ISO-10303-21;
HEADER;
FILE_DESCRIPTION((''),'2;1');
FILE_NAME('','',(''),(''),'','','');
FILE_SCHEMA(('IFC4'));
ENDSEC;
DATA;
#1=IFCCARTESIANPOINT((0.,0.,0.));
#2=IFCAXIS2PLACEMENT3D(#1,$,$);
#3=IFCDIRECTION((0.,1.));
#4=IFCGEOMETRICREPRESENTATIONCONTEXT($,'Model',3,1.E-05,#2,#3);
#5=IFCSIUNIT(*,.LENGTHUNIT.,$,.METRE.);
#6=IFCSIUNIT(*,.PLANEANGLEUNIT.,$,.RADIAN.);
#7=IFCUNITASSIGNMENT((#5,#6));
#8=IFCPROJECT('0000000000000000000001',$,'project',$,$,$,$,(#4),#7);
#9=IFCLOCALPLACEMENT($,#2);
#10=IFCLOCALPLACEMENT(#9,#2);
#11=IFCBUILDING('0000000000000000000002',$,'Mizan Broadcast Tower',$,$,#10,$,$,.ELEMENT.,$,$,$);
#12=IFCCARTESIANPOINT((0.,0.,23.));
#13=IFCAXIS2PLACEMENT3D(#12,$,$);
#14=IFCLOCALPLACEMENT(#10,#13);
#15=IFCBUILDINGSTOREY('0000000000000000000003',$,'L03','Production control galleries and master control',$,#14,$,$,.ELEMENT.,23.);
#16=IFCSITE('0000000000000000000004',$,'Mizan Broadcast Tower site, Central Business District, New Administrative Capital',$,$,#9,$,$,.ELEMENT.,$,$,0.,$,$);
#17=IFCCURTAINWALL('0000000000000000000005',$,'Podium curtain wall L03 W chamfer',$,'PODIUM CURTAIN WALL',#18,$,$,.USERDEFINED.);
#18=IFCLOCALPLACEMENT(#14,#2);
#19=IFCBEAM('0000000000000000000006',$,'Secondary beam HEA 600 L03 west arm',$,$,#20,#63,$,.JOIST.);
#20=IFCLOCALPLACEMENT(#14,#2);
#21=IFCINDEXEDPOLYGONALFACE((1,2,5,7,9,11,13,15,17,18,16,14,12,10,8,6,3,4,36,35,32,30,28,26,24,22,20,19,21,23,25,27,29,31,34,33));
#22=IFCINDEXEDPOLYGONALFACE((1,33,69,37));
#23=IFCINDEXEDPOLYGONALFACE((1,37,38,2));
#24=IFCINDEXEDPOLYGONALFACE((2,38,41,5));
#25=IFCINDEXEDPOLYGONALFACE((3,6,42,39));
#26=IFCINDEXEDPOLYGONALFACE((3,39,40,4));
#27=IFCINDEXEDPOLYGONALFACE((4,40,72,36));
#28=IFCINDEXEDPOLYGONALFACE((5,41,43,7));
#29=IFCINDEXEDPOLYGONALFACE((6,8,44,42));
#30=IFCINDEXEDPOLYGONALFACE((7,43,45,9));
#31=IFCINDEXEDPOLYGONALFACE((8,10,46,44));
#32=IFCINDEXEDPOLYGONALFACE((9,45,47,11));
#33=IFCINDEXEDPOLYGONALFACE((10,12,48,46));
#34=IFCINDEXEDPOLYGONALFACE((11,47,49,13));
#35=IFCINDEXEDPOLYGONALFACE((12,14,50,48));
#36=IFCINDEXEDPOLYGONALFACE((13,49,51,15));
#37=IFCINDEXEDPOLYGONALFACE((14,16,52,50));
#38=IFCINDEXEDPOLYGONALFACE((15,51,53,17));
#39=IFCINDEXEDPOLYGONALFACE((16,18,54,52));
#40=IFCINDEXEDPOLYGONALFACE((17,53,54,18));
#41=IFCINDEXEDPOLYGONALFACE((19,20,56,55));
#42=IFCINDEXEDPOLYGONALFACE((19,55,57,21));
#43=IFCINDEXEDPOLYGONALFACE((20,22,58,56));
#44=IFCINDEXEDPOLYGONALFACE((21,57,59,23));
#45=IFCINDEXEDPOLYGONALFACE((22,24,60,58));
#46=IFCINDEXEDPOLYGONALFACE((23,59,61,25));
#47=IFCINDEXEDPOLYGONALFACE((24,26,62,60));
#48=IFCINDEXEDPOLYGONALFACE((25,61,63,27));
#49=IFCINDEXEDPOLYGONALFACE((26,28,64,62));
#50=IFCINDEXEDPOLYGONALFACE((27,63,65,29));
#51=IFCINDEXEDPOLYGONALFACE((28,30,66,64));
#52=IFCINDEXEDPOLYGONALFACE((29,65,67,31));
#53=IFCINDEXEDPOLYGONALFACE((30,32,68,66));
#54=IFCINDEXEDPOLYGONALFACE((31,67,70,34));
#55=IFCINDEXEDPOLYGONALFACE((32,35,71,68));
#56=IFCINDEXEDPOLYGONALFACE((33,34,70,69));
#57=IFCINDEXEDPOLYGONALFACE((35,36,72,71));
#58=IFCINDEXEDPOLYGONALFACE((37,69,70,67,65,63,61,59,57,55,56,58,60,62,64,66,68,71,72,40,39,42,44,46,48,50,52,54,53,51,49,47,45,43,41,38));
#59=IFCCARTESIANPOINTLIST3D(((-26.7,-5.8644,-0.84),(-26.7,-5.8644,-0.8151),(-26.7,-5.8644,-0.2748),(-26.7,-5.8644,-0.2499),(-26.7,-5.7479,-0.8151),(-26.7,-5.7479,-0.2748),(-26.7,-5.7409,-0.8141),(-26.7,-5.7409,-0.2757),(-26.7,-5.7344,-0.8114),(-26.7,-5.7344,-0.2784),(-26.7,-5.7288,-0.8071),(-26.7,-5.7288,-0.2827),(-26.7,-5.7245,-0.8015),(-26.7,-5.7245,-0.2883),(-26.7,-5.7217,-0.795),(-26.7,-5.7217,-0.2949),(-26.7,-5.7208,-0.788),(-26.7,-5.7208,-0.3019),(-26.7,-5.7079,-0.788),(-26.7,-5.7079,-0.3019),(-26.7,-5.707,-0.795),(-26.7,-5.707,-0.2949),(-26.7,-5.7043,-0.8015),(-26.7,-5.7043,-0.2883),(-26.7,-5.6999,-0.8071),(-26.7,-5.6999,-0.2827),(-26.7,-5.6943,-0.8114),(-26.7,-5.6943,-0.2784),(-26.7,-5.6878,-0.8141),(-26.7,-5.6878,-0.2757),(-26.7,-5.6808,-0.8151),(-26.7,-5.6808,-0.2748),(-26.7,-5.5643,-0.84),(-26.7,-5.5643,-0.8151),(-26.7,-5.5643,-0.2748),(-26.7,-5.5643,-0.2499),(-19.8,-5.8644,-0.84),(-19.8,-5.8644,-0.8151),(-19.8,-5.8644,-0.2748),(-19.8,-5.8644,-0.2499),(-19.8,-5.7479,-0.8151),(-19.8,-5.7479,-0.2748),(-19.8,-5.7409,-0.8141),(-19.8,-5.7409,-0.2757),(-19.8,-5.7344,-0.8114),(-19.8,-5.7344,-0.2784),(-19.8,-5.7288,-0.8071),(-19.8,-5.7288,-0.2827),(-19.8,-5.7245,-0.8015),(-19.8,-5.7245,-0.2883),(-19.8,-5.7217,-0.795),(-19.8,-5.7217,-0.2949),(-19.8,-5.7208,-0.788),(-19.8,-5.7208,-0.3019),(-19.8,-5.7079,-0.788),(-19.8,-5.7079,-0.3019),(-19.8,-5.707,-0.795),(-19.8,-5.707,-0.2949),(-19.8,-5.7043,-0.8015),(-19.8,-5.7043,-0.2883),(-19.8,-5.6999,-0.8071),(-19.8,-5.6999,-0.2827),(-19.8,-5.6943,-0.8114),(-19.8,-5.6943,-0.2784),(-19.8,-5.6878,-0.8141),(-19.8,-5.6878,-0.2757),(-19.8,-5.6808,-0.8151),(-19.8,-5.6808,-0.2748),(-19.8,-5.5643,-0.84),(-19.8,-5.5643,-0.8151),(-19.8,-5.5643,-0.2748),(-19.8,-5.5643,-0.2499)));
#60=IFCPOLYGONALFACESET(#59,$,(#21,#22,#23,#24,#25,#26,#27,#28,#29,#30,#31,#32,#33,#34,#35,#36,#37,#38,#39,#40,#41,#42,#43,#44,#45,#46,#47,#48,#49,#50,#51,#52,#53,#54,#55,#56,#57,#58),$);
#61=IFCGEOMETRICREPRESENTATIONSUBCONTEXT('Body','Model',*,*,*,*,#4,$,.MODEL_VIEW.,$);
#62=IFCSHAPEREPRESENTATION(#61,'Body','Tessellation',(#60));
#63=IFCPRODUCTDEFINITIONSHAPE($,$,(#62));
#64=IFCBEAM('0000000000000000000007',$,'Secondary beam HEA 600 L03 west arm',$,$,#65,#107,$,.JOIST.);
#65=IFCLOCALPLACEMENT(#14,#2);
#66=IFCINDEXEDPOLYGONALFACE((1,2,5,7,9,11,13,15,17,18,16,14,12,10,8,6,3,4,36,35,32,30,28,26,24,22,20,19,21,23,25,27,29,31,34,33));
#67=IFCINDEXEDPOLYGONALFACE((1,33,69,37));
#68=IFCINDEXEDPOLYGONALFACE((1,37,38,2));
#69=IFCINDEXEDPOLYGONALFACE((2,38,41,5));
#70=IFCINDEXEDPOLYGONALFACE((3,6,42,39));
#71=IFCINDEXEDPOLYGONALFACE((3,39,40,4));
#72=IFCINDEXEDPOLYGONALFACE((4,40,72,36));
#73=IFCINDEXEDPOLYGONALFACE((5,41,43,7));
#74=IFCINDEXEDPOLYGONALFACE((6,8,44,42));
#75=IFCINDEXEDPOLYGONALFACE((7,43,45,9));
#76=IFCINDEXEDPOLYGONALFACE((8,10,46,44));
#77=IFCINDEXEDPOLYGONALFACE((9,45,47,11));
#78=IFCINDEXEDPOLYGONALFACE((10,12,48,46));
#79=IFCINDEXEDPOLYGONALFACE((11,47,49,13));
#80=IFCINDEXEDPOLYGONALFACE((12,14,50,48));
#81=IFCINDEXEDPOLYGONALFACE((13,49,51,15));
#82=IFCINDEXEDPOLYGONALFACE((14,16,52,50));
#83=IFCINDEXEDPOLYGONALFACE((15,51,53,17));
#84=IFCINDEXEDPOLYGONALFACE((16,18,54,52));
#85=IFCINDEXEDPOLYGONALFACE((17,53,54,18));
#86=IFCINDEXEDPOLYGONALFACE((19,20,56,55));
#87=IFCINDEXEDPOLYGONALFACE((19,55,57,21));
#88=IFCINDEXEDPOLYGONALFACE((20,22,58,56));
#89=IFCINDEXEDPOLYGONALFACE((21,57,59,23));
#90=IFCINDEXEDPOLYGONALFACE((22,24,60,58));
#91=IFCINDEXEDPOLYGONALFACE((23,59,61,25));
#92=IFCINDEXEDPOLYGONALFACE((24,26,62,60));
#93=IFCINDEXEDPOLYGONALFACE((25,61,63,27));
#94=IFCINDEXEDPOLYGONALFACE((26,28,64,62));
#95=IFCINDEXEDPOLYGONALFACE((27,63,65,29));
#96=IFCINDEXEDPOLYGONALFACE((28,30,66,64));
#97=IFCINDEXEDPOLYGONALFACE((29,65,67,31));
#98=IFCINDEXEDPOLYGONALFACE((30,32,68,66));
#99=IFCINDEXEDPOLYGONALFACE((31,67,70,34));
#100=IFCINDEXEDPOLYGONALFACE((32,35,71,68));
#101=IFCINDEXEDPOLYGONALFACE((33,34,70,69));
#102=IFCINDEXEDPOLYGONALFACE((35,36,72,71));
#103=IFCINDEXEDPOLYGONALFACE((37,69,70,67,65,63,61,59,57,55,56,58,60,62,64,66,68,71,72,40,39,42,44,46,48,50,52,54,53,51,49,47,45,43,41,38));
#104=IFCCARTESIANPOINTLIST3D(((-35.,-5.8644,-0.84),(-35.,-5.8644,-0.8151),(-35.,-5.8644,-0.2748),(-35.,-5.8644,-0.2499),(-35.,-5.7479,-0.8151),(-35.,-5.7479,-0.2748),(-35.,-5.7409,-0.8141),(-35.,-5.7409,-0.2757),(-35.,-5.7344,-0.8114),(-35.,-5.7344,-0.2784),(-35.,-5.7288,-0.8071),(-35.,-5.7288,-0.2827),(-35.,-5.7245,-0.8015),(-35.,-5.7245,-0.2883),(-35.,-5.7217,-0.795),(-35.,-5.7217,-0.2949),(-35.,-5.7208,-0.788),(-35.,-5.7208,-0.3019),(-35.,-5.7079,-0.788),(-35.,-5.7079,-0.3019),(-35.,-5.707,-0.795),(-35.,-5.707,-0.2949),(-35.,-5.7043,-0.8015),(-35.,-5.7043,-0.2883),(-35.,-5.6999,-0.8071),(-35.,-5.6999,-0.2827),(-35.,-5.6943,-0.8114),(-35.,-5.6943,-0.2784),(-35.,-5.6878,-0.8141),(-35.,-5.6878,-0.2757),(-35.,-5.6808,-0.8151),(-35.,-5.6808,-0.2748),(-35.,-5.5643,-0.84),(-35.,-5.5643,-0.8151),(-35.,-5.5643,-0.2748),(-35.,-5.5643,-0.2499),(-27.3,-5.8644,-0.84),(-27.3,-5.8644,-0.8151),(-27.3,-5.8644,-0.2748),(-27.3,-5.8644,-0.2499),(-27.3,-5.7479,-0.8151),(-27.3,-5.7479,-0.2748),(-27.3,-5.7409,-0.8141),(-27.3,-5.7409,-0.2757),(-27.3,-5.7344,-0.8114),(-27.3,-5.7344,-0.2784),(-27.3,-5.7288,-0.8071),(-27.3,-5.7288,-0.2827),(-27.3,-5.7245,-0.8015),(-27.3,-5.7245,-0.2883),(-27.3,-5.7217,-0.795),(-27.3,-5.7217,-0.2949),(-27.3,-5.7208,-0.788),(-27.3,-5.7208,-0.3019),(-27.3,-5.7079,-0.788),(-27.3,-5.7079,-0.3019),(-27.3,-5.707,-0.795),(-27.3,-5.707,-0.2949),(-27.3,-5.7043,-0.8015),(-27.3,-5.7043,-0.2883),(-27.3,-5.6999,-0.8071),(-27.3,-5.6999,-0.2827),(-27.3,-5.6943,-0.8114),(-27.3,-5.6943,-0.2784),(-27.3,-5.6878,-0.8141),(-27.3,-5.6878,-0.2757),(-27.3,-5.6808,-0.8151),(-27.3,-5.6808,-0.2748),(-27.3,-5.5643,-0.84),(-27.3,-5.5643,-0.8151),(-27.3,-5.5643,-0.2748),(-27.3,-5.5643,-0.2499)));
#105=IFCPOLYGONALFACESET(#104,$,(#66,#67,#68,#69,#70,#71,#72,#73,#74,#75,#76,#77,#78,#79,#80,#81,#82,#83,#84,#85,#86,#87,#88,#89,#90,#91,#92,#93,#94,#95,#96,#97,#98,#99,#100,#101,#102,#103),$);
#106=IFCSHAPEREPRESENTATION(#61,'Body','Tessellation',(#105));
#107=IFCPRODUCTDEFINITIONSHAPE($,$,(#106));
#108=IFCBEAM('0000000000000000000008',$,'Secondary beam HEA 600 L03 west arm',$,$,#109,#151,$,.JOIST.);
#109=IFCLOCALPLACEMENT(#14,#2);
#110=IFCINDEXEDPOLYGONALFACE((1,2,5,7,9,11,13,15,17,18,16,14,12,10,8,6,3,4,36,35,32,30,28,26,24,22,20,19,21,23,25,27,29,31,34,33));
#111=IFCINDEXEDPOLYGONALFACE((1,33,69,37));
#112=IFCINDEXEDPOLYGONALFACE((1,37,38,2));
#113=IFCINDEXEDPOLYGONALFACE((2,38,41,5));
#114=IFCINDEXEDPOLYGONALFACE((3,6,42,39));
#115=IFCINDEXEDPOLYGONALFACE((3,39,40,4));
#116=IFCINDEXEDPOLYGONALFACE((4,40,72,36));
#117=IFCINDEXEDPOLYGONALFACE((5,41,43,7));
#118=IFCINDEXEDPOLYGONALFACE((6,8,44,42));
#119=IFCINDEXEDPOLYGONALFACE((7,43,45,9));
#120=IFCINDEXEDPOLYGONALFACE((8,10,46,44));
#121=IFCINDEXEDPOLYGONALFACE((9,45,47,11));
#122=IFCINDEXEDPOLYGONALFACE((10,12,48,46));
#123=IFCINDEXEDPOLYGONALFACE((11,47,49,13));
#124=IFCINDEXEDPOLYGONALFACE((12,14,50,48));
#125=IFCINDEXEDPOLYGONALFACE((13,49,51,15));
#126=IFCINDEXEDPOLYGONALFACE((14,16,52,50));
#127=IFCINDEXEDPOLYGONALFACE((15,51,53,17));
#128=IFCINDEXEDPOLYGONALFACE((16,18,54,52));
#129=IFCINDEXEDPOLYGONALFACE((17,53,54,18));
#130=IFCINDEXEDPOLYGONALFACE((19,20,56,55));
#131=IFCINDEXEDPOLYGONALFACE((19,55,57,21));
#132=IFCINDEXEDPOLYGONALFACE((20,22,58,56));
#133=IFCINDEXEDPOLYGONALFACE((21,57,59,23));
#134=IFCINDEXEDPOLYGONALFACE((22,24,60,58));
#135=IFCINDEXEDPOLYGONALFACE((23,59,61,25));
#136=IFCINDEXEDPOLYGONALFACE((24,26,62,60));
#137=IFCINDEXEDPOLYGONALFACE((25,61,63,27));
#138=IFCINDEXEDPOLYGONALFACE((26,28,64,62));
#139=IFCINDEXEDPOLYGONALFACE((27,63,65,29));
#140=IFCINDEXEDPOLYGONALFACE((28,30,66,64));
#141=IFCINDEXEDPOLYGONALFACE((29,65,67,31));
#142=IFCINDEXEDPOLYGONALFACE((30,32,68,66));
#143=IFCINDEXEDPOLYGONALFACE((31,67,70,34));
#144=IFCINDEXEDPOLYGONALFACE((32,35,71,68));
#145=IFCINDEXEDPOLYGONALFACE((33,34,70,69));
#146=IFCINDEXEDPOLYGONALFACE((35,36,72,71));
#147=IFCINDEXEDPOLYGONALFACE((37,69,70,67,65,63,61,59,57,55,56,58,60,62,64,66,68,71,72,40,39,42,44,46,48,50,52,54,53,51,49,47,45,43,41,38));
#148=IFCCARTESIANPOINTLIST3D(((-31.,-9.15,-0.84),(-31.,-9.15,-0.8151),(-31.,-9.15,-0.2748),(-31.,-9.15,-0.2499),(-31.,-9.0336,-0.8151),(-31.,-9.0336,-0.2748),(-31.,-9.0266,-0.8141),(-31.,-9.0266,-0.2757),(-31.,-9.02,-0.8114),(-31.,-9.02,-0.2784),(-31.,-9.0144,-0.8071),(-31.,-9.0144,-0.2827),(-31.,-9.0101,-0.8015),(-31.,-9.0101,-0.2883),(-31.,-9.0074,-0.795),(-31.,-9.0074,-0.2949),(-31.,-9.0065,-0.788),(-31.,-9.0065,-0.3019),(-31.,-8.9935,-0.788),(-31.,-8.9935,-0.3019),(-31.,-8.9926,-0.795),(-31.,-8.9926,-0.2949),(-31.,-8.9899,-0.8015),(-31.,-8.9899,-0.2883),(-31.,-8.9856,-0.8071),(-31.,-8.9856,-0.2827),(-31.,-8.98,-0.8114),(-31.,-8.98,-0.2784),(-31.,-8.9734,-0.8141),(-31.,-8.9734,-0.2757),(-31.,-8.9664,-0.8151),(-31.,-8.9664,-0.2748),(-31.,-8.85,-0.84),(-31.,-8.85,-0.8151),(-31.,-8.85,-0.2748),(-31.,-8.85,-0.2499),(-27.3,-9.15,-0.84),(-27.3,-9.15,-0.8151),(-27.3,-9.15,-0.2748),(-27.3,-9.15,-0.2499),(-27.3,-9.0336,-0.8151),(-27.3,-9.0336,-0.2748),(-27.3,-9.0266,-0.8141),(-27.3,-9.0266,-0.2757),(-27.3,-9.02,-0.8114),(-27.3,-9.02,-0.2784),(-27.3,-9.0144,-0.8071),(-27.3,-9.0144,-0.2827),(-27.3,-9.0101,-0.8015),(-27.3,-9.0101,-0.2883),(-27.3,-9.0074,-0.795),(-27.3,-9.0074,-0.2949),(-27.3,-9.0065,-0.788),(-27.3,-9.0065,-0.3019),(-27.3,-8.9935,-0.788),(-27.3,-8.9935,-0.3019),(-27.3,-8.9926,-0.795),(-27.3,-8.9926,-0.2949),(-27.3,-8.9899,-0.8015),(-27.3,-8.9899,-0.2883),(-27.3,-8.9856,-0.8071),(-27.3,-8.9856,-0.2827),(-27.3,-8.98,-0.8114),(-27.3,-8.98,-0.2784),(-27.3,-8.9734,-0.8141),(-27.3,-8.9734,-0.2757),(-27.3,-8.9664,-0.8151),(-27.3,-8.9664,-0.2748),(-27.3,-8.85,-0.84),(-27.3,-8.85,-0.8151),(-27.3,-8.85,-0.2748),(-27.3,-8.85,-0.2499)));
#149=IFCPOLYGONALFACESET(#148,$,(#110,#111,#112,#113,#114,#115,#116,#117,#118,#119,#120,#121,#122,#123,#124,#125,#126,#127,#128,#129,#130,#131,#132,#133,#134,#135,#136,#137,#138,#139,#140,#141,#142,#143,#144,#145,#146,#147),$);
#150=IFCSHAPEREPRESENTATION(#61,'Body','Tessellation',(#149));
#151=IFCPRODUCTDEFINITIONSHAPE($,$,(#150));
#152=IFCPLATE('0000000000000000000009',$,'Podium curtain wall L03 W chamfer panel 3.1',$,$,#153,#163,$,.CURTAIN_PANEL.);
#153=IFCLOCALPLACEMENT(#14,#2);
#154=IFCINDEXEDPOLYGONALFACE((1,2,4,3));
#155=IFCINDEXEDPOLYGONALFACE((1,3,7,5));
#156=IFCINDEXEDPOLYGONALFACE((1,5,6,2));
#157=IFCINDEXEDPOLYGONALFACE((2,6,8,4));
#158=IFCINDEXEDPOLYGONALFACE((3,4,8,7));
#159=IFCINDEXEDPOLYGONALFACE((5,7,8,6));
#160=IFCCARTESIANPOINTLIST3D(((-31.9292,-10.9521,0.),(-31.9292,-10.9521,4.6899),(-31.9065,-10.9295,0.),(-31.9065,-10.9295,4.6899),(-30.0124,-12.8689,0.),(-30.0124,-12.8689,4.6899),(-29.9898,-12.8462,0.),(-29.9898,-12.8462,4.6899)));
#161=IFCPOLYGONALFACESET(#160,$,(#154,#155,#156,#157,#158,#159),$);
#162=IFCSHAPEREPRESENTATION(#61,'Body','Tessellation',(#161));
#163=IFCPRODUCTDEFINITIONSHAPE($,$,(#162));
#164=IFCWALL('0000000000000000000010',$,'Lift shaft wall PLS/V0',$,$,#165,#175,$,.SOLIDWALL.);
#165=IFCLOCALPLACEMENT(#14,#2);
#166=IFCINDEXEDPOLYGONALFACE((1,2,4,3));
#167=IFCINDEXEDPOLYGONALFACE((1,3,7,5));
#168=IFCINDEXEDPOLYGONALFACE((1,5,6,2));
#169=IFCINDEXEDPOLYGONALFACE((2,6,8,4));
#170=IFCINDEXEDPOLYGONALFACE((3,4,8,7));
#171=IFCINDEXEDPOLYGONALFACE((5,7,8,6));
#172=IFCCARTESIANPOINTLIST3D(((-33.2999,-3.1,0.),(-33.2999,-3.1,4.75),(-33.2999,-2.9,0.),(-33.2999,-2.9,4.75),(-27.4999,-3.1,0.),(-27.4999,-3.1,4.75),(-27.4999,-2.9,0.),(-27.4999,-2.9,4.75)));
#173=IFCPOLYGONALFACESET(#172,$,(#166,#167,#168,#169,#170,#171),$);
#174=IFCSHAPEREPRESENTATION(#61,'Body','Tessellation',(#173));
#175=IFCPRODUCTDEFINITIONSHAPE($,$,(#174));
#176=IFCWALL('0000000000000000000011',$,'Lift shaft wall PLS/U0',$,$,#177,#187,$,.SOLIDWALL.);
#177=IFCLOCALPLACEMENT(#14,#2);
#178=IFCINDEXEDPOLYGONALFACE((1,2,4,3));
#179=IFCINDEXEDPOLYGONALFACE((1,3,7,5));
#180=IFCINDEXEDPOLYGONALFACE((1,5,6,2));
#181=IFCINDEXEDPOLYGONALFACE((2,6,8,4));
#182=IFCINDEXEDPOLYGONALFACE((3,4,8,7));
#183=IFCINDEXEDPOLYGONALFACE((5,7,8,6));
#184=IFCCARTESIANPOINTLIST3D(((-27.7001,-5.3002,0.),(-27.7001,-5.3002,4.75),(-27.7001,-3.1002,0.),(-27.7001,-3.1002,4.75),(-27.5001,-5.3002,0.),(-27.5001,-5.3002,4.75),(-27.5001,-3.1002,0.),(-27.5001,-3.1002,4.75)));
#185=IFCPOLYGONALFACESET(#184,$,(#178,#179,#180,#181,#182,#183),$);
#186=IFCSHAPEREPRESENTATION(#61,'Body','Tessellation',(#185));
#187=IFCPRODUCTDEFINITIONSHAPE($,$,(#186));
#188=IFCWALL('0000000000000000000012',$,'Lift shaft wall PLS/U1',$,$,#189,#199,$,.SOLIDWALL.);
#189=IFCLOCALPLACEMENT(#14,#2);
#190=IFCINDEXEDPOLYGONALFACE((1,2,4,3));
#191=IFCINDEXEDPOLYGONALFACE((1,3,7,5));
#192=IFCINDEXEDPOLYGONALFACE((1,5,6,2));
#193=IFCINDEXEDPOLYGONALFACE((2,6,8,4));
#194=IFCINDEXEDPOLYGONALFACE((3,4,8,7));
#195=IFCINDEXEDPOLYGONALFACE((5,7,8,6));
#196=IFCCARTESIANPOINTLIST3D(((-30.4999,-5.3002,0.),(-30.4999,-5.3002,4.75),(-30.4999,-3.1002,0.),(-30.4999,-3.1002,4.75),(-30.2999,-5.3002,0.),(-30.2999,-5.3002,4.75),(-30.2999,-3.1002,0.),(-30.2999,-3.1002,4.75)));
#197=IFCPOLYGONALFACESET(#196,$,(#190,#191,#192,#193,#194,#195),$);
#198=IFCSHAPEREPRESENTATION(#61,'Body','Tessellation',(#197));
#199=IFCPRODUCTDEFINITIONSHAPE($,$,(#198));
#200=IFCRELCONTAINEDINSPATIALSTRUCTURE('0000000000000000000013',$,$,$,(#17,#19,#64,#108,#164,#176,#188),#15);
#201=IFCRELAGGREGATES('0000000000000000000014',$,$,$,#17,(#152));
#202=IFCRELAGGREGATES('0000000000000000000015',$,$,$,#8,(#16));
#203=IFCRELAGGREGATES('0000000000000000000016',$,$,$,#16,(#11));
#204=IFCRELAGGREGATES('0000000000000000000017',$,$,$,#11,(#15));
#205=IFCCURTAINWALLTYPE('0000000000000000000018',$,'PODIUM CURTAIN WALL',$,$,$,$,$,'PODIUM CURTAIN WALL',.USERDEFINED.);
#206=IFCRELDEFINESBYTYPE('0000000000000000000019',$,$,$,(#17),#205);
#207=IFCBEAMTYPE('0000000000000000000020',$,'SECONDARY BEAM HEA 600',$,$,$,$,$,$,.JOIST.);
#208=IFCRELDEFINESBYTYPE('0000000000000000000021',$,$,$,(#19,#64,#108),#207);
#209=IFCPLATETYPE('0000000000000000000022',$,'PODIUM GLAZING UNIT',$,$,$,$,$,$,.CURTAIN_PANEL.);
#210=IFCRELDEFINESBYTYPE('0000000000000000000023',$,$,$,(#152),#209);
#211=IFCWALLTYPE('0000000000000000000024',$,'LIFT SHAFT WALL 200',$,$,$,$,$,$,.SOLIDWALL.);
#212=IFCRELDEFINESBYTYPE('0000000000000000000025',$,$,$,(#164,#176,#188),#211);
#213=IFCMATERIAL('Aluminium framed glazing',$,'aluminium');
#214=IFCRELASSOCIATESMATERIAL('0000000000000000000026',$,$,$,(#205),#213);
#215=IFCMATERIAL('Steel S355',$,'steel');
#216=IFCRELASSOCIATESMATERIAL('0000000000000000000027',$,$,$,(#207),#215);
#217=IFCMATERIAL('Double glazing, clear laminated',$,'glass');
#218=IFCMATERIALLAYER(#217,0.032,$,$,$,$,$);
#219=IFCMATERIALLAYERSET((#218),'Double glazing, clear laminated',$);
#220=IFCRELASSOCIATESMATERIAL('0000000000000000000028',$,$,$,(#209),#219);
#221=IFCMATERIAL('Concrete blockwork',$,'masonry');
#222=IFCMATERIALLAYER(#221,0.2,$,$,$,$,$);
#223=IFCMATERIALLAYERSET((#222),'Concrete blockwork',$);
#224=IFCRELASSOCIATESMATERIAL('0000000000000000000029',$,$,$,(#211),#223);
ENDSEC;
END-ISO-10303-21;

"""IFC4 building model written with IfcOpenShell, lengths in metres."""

from ifc_helpers import new_model, si_unit, direction, frame, frame_2d, origin, origin_2d, place, context, subcontext, project, spatial, rectangle, i_section, extrude, material, layer, layer_set, material_profile, profile_set, type_object, element, aggregate, save


model = new_model("IFC4")

# Units and contexts
model_context = context("Model", 3, precision=1e-05, world=origin(), true_north=direction((0.0, 1.0)))
body_context = subcontext(model_context, "Body", "Model", "MODEL_VIEW")
ifc_project = project(units=[si_unit("LENGTHUNIT", "METRE"), si_unit("PLANEANGLEUNIT", "RADIAN")], contexts=[model_context])

# Site, building, storey
site_placement = place(None, origin())
site = spatial("IfcSite", under=ifc_project, at=site_placement, Name="Mizan Broadcast Tower site, Central Business District, New Administrative Capital", CompositionType="ELEMENT", RefElevation=0.0)
building_placement = place(site_placement, origin())
building = spatial("IfcBuilding", under=site, at=building_placement, Name="Mizan Broadcast Tower", CompositionType="ELEMENT")
storey_placement = place(building_placement, frame((0.0, 0.0, 23.0)))
storey = spatial("IfcBuildingStorey", under=building, at=storey_placement, Name="L03", Description="Production control galleries and master control", CompositionType="ELEMENT", Elevation=23.0)

# Curtain wall
ifc_material_1 = material(Name="Aluminium framed glazing", Category="aluminium")
curtain_wall_type = type_object("IfcCurtainWallType", Name="PODIUM CURTAIN WALL", ElementType="PODIUM CURTAIN WALL", PredefinedType="USERDEFINED", material=ifc_material_1)
curtain_wall_placement = place(storey_placement, origin())
curtain_wall = element("IfcCurtainWall", 1, at=curtain_wall_placement, inside=storey, type_object=curtain_wall_type, Name="Podium curtain wall L03 W chamfer", ObjectType="PODIUM CURTAIN WALL", PredefinedType="USERDEFINED")

# Beams
ifc_material_2 = material(Name="Steel S355", Category="steel")
ifc_material_profile_1 = material_profile(ifc_material_2, i_section(OverallWidth=0.3, OverallDepth=0.5901, WebThickness=0.0129, FlangeThickness=0.0249, FilletRadius=0.0271, at=origin_2d()), Name="HEA 600")
ifc_profile_set_1 = profile_set([ifc_material_profile_1], Name="Steel S355")
beam_type_1 = type_object("IfcBeamType", Name="SECONDARY BEAM HEA 600", PredefinedType="JOIST", material=ifc_profile_set_1)
beam_1_placement = place(storey_placement, frame((-19.8, -5.7144, -0.5449), z_axis=(-1.0, 0.0, 0.0), x_axis=(0.0, -1.0, 0.0)))
element("IfcBeam", 2, at=beam_1_placement, inside=storey, type_object=beam_type_1, Name="Secondary beam HEA 600 L03 west arm", PredefinedType="JOIST", context=body_context, shape_type="SweptSolid", body=[
    extrude(i_section(OverallWidth=0.3, OverallDepth=0.5901, WebThickness=0.0129, FlangeThickness=0.0249, FilletRadius=0.0271, at=origin_2d()), origin(), (0.0, 0.0, 1.0), 6.8999),
])
beam_2_placement = place(storey_placement, frame((-27.3, -5.7144, -0.5449), z_axis=(-1.0, 0.0, 0.0), x_axis=(0.0, -1.0, 0.0)))
element("IfcBeam", 3, at=beam_2_placement, inside=storey, type_object=beam_type_1, Name="Secondary beam HEA 600 L03 west arm", PredefinedType="JOIST", context=body_context, shape_type="SweptSolid", body=[
    extrude(i_section(OverallWidth=0.3, OverallDepth=0.5901, WebThickness=0.0129, FlangeThickness=0.0249, FilletRadius=0.0271, at=origin_2d()), origin(), (0.0, 0.0, 1.0), 7.7),
])
beam_3_placement = place(storey_placement, frame((-27.3, -9.0, -0.5449), z_axis=(-1.0, 0.0, 0.0), x_axis=(0.0, -1.0, 0.0)))
element("IfcBeam", 4, at=beam_3_placement, inside=storey, type_object=beam_type_1, Name="Secondary beam HEA 600 L03 west arm", PredefinedType="JOIST", context=body_context, shape_type="SweptSolid", body=[
    extrude(i_section(OverallWidth=0.3, OverallDepth=0.5901, WebThickness=0.0129, FlangeThickness=0.0249, FilletRadius=0.0271, at=origin_2d()), origin(), (0.0, 0.0, 1.0), 3.7),
])

# Plate
ifc_material_3 = material(Name="Double glazing, clear laminated", Category="glass")
ifc_layer_1 = layer(ifc_material_3, 0.032)
ifc_layer_set_1 = layer_set([ifc_layer_1], Name="Double glazing, clear laminated")
plate_type = type_object("IfcPlateType", Name="PODIUM GLAZING UNIT", PredefinedType="CURTAIN_PANEL", material=ifc_layer_set_1)
plate_placement = place(storey_placement, frame((-30.9595, -11.8992, 0.0), z_axis=(0.0, 0.0, 1.0), x_axis=(0.707107, -0.707107, 0.0)))
plate = element("IfcPlate", 5, at=plate_placement, type_object=plate_type, Name="Podium curtain wall L03 W chamfer panel 3.1", PredefinedType="CURTAIN_PANEL", context=body_context, shape_type="SweptSolid", body=[
    extrude(rectangle(XDim=2.7107, YDim=0.032, at=origin_2d()), origin(), (0.0, 0.0, 1.0), 4.6899),
])
aggregate(curtain_wall, [plate])

# Walls
ifc_material_4 = material(Name="Concrete blockwork", Category="masonry")
ifc_layer_2 = layer(ifc_material_4, 0.2)
ifc_layer_set_2 = layer_set([ifc_layer_2], Name="Concrete blockwork")
wall_type_1 = type_object("IfcWallType", Name="LIFT SHAFT WALL 200", PredefinedType="SOLIDWALL", material=ifc_layer_set_2)
wall_1_placement = place(storey_placement, frame((-27.5, -3.0, 0.0), z_axis=(0.0, 0.0, 1.0), x_axis=(-1.0, 0.0, 0.0)))
element("IfcWall", 6, at=wall_1_placement, inside=storey, type_object=wall_type_1, Name="Lift shaft wall PLS/V0", PredefinedType="SOLIDWALL", context=body_context, shape_type="SweptSolid", body=[
    extrude(rectangle(XDim=5.8, YDim=0.2, at=frame_2d((2.8999, 0.0))), origin(), (0.0, 0.0, 1.0), 4.75),
])
for number, where, z_axis, x_axis, name in (
    (7, (-27.6001, -3.1001, 0.0), (0.0, 0.0, 1.0), (0.0, -1.0, 0.0), "Lift shaft wall PLS/U0"),
    (8, (-30.3999, -3.1001, 0.0), (0.0, 0.0, 1.0), (0.0, -1.0, 0.0), "Lift shaft wall PLS/U1"),
):
    element("IfcWall", number, at=place(storey_placement, frame(where, z_axis=z_axis, x_axis=x_axis)), inside=storey, type_object=wall_type_1, Name=name, PredefinedType="SOLIDWALL", context=body_context, shape_type="SweptSolid", body=[
        extrude(rectangle(XDim=2.2, YDim=0.2, at=frame_2d((1.1001, 0.0))), origin(), (0.0, 0.0, 1.0), 4.75),
    ])

save(model, "model.ifc")
